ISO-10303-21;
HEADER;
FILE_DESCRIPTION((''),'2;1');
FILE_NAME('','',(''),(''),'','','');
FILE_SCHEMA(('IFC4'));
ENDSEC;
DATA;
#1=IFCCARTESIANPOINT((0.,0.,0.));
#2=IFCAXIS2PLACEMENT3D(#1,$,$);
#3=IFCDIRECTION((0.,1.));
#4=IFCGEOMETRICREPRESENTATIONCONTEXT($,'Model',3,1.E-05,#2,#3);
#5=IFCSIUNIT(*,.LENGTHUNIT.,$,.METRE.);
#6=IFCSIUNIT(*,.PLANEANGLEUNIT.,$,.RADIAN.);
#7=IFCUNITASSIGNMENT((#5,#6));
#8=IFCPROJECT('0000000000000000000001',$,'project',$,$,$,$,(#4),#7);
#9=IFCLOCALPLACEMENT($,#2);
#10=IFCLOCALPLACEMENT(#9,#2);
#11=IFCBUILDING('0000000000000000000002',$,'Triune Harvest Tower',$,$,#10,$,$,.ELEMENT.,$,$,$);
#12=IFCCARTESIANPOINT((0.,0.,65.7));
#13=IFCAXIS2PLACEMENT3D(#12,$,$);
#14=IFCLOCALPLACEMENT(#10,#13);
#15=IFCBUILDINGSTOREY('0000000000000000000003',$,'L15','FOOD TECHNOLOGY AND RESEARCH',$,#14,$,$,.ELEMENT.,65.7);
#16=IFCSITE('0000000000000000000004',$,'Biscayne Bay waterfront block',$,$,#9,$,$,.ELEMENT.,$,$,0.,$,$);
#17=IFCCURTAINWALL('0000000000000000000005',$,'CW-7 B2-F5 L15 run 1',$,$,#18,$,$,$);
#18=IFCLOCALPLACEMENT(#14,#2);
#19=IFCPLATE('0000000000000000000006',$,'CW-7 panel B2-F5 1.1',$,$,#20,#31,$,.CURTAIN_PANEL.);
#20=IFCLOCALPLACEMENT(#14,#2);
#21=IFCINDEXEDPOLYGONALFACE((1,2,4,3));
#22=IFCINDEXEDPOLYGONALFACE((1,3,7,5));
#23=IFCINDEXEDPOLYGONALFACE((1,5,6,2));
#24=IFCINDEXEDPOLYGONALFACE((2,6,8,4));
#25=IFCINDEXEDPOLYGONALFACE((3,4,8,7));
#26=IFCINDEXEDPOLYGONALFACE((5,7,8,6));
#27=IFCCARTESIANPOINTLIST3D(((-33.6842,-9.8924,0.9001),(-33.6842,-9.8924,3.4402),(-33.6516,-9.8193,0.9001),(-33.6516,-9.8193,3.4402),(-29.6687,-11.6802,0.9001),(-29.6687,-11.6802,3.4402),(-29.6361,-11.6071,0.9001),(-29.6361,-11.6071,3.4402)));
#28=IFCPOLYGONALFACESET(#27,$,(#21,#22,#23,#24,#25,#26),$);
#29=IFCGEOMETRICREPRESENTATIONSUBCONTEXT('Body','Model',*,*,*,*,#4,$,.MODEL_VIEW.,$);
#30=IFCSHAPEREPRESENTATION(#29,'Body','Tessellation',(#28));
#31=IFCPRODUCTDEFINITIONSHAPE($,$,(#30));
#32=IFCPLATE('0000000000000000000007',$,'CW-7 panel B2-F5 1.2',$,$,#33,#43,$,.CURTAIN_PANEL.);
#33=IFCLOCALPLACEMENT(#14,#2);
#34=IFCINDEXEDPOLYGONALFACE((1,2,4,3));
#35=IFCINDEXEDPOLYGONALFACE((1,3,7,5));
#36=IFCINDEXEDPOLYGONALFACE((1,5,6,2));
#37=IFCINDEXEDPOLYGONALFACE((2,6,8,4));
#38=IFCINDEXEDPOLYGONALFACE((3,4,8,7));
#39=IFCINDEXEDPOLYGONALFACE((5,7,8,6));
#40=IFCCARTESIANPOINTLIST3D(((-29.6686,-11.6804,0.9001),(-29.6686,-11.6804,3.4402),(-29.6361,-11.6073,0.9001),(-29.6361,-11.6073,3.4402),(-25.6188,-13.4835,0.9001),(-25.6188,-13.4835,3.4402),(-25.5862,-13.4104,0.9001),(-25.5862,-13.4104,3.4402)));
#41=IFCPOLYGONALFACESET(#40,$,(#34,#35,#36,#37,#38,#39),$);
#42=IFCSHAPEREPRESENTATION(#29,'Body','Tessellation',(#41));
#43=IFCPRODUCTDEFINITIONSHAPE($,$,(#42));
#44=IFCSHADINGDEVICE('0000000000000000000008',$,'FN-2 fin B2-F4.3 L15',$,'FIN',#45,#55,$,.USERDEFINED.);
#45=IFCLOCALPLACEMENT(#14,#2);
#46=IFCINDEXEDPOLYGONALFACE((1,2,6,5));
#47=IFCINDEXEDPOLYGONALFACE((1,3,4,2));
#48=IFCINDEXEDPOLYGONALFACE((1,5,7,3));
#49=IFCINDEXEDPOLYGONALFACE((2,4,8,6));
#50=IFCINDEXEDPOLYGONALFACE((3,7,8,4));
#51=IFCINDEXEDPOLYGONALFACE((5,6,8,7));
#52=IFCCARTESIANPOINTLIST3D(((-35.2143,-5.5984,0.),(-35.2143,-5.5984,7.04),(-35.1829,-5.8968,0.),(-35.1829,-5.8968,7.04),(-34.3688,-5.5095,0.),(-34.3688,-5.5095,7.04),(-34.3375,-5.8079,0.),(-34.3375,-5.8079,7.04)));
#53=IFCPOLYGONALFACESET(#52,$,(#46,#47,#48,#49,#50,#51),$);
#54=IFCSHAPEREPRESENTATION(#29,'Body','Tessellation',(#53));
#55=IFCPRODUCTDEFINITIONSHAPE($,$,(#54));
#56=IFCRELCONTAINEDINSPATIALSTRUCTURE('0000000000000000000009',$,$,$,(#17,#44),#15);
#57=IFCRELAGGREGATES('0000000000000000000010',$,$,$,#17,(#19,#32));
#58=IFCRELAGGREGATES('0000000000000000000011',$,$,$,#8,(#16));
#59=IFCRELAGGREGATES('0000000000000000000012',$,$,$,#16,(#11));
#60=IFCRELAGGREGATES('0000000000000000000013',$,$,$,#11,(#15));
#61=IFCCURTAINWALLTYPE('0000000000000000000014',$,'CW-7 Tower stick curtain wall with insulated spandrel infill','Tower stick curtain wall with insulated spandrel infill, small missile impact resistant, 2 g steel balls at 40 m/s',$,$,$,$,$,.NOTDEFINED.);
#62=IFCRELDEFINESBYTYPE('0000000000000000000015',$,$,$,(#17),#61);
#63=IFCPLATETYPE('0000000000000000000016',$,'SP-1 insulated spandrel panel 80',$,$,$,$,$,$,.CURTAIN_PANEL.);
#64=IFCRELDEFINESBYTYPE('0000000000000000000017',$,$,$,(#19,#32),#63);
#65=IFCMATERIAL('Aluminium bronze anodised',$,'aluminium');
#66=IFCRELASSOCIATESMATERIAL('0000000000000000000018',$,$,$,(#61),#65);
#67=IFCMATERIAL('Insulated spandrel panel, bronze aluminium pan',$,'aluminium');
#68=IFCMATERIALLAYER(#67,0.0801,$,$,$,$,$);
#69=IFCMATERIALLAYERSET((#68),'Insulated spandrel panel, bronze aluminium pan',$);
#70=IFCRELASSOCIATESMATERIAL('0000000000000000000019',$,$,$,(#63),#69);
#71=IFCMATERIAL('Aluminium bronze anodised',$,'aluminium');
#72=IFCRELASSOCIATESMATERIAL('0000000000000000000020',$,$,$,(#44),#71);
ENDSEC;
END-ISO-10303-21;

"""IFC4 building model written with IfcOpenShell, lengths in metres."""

from ifc_helpers import new_model, si_unit, direction, frame, origin, origin_2d, place, context, subcontext, project, spatial, rectangle, extrude, source, transform, mapped, material, layer, layer_set, type_object, element, aggregate, save


model = new_model("IFC4")

# Units and contexts
model_context = context("Model", 3, precision=1e-05, world=origin(), true_north=direction((0.0, 1.0)))
body_context = subcontext(model_context, "Body", "Model", "MODEL_VIEW")
ifc_project = project(units=[si_unit("LENGTHUNIT", "METRE"), si_unit("PLANEANGLEUNIT", "RADIAN")], contexts=[model_context])

# Site, building, storey
site_placement = place(None, origin())
site = spatial("IfcSite", under=ifc_project, at=site_placement, Name="Biscayne Bay waterfront block", CompositionType="ELEMENT", RefElevation=0.0)
building_placement = place(site_placement, origin())
building = spatial("IfcBuilding", under=site, at=building_placement, Name="Triune Harvest Tower", CompositionType="ELEMENT")
storey_placement = place(building_placement, frame((0.0, 0.0, 65.7)))
storey = spatial("IfcBuildingStorey", under=building, at=storey_placement, Name="L15", Description="FOOD TECHNOLOGY AND RESEARCH", CompositionType="ELEMENT", Elevation=65.7)

# Curtain wall
ifc_material_1 = material(Name="Aluminium bronze anodised", Category="aluminium")
curtain_wall_type_1 = type_object("IfcCurtainWallType", Name="CW-7 Tower stick curtain wall with insulated spandrel infill", Description="Tower stick curtain wall with insulated spandrel infill, small missile impact resistant, 2 g steel balls at 40 m/s", PredefinedType="NOTDEFINED", material=ifc_material_1)
curtain_wall_1_placement = place(storey_placement, origin())
curtain_wall_1 = element("IfcCurtainWall", 1, at=curtain_wall_1_placement, inside=storey, type_object=curtain_wall_type_1, Name="CW-7 B2-F5 L15 run 1")

# Plates
ifc_material_2 = material(Name="Insulated spandrel panel, bronze aluminium pan", Category="aluminium")
ifc_layer_1 = layer(ifc_material_2, 0.0801)
ifc_layer_set_1 = layer_set([ifc_layer_1], Name="Insulated spandrel panel, bronze aluminium pan")
plate_type_1 = type_object("IfcPlateType", Name="SP-1 insulated spandrel panel 80", PredefinedType="CURTAIN_PANEL", material=ifc_layer_set_1)
shared_shape_1 = source(origin(), body_context, "Body", "SweptSolid", [
    extrude(rectangle(XDim=4.3955, YDim=0.0801, at=origin_2d()), origin(), (0.0, 0.0, 1.0), 2.54),
])
plate_1_placement = place(storey_placement, frame((-31.6602, -10.7498, 0.9001), z_axis=(0.0, 0.0, 1.0), x_axis=(0.913545, -0.406737, 0.0)))
plate_1 = element("IfcPlate", 2, at=plate_1_placement, type_object=plate_type_1, Name="CW-7 panel B2-F5 1.1", PredefinedType="CURTAIN_PANEL", context=body_context, shape_type="MappedRepresentation", body=[
    mapped(shared_shape_1, transform((0.0, 0.0, 0.0), scale=1.0)),
])
shared_shape_2 = source(origin(), body_context, "Body", "SweptSolid", [
    extrude(rectangle(XDim=4.4331, YDim=0.0801, at=origin_2d()), origin(), (0.0, 0.0, 1.0), 2.54),
])
plate_2_placement = place(storey_placement, frame((-27.6274, -12.5454, 0.9001), z_axis=(0.0, 0.0, 1.0), x_axis=(0.913545, -0.406737, 0.0)))
plate_2 = element("IfcPlate", 3, at=plate_2_placement, type_object=plate_type_1, Name="CW-7 panel B2-F5 1.2", PredefinedType="CURTAIN_PANEL", context=body_context, shape_type="MappedRepresentation", body=[
    mapped(shared_shape_2, transform((0.0, 0.0, 0.0), scale=1.0)),
])
aggregate(curtain_wall_1, [plate_1, plate_2])

# Shading device
ifc_material_3 = material(Name="Aluminium bronze anodised", Category="aluminium")
shared_shape_3 = source(origin(), body_context, "Body", "SweptSolid", [
    extrude(rectangle(XDim=0.3, YDim=0.8501, at=origin_2d()), origin(), (0.0, 0.0, 1.0), 7.04),
])
shading_device_placement = place(storey_placement, frame((-34.7759, -5.7031, 0.0), z_axis=(0.0, 0.0, 1.0), x_axis=(0.104529, -0.994522, 0.0)))
element("IfcShadingDevice", 4, at=shading_device_placement, inside=storey, material=ifc_material_3, Name="FN-2 fin B2-F4.3 L15", ObjectType="FIN", PredefinedType="USERDEFINED", context=body_context, shape_type="MappedRepresentation", body=[
    mapped(shared_shape_3, transform((0.0, 0.0, 0.0), scale=1.0)),
])

save(model, "model.ifc")
